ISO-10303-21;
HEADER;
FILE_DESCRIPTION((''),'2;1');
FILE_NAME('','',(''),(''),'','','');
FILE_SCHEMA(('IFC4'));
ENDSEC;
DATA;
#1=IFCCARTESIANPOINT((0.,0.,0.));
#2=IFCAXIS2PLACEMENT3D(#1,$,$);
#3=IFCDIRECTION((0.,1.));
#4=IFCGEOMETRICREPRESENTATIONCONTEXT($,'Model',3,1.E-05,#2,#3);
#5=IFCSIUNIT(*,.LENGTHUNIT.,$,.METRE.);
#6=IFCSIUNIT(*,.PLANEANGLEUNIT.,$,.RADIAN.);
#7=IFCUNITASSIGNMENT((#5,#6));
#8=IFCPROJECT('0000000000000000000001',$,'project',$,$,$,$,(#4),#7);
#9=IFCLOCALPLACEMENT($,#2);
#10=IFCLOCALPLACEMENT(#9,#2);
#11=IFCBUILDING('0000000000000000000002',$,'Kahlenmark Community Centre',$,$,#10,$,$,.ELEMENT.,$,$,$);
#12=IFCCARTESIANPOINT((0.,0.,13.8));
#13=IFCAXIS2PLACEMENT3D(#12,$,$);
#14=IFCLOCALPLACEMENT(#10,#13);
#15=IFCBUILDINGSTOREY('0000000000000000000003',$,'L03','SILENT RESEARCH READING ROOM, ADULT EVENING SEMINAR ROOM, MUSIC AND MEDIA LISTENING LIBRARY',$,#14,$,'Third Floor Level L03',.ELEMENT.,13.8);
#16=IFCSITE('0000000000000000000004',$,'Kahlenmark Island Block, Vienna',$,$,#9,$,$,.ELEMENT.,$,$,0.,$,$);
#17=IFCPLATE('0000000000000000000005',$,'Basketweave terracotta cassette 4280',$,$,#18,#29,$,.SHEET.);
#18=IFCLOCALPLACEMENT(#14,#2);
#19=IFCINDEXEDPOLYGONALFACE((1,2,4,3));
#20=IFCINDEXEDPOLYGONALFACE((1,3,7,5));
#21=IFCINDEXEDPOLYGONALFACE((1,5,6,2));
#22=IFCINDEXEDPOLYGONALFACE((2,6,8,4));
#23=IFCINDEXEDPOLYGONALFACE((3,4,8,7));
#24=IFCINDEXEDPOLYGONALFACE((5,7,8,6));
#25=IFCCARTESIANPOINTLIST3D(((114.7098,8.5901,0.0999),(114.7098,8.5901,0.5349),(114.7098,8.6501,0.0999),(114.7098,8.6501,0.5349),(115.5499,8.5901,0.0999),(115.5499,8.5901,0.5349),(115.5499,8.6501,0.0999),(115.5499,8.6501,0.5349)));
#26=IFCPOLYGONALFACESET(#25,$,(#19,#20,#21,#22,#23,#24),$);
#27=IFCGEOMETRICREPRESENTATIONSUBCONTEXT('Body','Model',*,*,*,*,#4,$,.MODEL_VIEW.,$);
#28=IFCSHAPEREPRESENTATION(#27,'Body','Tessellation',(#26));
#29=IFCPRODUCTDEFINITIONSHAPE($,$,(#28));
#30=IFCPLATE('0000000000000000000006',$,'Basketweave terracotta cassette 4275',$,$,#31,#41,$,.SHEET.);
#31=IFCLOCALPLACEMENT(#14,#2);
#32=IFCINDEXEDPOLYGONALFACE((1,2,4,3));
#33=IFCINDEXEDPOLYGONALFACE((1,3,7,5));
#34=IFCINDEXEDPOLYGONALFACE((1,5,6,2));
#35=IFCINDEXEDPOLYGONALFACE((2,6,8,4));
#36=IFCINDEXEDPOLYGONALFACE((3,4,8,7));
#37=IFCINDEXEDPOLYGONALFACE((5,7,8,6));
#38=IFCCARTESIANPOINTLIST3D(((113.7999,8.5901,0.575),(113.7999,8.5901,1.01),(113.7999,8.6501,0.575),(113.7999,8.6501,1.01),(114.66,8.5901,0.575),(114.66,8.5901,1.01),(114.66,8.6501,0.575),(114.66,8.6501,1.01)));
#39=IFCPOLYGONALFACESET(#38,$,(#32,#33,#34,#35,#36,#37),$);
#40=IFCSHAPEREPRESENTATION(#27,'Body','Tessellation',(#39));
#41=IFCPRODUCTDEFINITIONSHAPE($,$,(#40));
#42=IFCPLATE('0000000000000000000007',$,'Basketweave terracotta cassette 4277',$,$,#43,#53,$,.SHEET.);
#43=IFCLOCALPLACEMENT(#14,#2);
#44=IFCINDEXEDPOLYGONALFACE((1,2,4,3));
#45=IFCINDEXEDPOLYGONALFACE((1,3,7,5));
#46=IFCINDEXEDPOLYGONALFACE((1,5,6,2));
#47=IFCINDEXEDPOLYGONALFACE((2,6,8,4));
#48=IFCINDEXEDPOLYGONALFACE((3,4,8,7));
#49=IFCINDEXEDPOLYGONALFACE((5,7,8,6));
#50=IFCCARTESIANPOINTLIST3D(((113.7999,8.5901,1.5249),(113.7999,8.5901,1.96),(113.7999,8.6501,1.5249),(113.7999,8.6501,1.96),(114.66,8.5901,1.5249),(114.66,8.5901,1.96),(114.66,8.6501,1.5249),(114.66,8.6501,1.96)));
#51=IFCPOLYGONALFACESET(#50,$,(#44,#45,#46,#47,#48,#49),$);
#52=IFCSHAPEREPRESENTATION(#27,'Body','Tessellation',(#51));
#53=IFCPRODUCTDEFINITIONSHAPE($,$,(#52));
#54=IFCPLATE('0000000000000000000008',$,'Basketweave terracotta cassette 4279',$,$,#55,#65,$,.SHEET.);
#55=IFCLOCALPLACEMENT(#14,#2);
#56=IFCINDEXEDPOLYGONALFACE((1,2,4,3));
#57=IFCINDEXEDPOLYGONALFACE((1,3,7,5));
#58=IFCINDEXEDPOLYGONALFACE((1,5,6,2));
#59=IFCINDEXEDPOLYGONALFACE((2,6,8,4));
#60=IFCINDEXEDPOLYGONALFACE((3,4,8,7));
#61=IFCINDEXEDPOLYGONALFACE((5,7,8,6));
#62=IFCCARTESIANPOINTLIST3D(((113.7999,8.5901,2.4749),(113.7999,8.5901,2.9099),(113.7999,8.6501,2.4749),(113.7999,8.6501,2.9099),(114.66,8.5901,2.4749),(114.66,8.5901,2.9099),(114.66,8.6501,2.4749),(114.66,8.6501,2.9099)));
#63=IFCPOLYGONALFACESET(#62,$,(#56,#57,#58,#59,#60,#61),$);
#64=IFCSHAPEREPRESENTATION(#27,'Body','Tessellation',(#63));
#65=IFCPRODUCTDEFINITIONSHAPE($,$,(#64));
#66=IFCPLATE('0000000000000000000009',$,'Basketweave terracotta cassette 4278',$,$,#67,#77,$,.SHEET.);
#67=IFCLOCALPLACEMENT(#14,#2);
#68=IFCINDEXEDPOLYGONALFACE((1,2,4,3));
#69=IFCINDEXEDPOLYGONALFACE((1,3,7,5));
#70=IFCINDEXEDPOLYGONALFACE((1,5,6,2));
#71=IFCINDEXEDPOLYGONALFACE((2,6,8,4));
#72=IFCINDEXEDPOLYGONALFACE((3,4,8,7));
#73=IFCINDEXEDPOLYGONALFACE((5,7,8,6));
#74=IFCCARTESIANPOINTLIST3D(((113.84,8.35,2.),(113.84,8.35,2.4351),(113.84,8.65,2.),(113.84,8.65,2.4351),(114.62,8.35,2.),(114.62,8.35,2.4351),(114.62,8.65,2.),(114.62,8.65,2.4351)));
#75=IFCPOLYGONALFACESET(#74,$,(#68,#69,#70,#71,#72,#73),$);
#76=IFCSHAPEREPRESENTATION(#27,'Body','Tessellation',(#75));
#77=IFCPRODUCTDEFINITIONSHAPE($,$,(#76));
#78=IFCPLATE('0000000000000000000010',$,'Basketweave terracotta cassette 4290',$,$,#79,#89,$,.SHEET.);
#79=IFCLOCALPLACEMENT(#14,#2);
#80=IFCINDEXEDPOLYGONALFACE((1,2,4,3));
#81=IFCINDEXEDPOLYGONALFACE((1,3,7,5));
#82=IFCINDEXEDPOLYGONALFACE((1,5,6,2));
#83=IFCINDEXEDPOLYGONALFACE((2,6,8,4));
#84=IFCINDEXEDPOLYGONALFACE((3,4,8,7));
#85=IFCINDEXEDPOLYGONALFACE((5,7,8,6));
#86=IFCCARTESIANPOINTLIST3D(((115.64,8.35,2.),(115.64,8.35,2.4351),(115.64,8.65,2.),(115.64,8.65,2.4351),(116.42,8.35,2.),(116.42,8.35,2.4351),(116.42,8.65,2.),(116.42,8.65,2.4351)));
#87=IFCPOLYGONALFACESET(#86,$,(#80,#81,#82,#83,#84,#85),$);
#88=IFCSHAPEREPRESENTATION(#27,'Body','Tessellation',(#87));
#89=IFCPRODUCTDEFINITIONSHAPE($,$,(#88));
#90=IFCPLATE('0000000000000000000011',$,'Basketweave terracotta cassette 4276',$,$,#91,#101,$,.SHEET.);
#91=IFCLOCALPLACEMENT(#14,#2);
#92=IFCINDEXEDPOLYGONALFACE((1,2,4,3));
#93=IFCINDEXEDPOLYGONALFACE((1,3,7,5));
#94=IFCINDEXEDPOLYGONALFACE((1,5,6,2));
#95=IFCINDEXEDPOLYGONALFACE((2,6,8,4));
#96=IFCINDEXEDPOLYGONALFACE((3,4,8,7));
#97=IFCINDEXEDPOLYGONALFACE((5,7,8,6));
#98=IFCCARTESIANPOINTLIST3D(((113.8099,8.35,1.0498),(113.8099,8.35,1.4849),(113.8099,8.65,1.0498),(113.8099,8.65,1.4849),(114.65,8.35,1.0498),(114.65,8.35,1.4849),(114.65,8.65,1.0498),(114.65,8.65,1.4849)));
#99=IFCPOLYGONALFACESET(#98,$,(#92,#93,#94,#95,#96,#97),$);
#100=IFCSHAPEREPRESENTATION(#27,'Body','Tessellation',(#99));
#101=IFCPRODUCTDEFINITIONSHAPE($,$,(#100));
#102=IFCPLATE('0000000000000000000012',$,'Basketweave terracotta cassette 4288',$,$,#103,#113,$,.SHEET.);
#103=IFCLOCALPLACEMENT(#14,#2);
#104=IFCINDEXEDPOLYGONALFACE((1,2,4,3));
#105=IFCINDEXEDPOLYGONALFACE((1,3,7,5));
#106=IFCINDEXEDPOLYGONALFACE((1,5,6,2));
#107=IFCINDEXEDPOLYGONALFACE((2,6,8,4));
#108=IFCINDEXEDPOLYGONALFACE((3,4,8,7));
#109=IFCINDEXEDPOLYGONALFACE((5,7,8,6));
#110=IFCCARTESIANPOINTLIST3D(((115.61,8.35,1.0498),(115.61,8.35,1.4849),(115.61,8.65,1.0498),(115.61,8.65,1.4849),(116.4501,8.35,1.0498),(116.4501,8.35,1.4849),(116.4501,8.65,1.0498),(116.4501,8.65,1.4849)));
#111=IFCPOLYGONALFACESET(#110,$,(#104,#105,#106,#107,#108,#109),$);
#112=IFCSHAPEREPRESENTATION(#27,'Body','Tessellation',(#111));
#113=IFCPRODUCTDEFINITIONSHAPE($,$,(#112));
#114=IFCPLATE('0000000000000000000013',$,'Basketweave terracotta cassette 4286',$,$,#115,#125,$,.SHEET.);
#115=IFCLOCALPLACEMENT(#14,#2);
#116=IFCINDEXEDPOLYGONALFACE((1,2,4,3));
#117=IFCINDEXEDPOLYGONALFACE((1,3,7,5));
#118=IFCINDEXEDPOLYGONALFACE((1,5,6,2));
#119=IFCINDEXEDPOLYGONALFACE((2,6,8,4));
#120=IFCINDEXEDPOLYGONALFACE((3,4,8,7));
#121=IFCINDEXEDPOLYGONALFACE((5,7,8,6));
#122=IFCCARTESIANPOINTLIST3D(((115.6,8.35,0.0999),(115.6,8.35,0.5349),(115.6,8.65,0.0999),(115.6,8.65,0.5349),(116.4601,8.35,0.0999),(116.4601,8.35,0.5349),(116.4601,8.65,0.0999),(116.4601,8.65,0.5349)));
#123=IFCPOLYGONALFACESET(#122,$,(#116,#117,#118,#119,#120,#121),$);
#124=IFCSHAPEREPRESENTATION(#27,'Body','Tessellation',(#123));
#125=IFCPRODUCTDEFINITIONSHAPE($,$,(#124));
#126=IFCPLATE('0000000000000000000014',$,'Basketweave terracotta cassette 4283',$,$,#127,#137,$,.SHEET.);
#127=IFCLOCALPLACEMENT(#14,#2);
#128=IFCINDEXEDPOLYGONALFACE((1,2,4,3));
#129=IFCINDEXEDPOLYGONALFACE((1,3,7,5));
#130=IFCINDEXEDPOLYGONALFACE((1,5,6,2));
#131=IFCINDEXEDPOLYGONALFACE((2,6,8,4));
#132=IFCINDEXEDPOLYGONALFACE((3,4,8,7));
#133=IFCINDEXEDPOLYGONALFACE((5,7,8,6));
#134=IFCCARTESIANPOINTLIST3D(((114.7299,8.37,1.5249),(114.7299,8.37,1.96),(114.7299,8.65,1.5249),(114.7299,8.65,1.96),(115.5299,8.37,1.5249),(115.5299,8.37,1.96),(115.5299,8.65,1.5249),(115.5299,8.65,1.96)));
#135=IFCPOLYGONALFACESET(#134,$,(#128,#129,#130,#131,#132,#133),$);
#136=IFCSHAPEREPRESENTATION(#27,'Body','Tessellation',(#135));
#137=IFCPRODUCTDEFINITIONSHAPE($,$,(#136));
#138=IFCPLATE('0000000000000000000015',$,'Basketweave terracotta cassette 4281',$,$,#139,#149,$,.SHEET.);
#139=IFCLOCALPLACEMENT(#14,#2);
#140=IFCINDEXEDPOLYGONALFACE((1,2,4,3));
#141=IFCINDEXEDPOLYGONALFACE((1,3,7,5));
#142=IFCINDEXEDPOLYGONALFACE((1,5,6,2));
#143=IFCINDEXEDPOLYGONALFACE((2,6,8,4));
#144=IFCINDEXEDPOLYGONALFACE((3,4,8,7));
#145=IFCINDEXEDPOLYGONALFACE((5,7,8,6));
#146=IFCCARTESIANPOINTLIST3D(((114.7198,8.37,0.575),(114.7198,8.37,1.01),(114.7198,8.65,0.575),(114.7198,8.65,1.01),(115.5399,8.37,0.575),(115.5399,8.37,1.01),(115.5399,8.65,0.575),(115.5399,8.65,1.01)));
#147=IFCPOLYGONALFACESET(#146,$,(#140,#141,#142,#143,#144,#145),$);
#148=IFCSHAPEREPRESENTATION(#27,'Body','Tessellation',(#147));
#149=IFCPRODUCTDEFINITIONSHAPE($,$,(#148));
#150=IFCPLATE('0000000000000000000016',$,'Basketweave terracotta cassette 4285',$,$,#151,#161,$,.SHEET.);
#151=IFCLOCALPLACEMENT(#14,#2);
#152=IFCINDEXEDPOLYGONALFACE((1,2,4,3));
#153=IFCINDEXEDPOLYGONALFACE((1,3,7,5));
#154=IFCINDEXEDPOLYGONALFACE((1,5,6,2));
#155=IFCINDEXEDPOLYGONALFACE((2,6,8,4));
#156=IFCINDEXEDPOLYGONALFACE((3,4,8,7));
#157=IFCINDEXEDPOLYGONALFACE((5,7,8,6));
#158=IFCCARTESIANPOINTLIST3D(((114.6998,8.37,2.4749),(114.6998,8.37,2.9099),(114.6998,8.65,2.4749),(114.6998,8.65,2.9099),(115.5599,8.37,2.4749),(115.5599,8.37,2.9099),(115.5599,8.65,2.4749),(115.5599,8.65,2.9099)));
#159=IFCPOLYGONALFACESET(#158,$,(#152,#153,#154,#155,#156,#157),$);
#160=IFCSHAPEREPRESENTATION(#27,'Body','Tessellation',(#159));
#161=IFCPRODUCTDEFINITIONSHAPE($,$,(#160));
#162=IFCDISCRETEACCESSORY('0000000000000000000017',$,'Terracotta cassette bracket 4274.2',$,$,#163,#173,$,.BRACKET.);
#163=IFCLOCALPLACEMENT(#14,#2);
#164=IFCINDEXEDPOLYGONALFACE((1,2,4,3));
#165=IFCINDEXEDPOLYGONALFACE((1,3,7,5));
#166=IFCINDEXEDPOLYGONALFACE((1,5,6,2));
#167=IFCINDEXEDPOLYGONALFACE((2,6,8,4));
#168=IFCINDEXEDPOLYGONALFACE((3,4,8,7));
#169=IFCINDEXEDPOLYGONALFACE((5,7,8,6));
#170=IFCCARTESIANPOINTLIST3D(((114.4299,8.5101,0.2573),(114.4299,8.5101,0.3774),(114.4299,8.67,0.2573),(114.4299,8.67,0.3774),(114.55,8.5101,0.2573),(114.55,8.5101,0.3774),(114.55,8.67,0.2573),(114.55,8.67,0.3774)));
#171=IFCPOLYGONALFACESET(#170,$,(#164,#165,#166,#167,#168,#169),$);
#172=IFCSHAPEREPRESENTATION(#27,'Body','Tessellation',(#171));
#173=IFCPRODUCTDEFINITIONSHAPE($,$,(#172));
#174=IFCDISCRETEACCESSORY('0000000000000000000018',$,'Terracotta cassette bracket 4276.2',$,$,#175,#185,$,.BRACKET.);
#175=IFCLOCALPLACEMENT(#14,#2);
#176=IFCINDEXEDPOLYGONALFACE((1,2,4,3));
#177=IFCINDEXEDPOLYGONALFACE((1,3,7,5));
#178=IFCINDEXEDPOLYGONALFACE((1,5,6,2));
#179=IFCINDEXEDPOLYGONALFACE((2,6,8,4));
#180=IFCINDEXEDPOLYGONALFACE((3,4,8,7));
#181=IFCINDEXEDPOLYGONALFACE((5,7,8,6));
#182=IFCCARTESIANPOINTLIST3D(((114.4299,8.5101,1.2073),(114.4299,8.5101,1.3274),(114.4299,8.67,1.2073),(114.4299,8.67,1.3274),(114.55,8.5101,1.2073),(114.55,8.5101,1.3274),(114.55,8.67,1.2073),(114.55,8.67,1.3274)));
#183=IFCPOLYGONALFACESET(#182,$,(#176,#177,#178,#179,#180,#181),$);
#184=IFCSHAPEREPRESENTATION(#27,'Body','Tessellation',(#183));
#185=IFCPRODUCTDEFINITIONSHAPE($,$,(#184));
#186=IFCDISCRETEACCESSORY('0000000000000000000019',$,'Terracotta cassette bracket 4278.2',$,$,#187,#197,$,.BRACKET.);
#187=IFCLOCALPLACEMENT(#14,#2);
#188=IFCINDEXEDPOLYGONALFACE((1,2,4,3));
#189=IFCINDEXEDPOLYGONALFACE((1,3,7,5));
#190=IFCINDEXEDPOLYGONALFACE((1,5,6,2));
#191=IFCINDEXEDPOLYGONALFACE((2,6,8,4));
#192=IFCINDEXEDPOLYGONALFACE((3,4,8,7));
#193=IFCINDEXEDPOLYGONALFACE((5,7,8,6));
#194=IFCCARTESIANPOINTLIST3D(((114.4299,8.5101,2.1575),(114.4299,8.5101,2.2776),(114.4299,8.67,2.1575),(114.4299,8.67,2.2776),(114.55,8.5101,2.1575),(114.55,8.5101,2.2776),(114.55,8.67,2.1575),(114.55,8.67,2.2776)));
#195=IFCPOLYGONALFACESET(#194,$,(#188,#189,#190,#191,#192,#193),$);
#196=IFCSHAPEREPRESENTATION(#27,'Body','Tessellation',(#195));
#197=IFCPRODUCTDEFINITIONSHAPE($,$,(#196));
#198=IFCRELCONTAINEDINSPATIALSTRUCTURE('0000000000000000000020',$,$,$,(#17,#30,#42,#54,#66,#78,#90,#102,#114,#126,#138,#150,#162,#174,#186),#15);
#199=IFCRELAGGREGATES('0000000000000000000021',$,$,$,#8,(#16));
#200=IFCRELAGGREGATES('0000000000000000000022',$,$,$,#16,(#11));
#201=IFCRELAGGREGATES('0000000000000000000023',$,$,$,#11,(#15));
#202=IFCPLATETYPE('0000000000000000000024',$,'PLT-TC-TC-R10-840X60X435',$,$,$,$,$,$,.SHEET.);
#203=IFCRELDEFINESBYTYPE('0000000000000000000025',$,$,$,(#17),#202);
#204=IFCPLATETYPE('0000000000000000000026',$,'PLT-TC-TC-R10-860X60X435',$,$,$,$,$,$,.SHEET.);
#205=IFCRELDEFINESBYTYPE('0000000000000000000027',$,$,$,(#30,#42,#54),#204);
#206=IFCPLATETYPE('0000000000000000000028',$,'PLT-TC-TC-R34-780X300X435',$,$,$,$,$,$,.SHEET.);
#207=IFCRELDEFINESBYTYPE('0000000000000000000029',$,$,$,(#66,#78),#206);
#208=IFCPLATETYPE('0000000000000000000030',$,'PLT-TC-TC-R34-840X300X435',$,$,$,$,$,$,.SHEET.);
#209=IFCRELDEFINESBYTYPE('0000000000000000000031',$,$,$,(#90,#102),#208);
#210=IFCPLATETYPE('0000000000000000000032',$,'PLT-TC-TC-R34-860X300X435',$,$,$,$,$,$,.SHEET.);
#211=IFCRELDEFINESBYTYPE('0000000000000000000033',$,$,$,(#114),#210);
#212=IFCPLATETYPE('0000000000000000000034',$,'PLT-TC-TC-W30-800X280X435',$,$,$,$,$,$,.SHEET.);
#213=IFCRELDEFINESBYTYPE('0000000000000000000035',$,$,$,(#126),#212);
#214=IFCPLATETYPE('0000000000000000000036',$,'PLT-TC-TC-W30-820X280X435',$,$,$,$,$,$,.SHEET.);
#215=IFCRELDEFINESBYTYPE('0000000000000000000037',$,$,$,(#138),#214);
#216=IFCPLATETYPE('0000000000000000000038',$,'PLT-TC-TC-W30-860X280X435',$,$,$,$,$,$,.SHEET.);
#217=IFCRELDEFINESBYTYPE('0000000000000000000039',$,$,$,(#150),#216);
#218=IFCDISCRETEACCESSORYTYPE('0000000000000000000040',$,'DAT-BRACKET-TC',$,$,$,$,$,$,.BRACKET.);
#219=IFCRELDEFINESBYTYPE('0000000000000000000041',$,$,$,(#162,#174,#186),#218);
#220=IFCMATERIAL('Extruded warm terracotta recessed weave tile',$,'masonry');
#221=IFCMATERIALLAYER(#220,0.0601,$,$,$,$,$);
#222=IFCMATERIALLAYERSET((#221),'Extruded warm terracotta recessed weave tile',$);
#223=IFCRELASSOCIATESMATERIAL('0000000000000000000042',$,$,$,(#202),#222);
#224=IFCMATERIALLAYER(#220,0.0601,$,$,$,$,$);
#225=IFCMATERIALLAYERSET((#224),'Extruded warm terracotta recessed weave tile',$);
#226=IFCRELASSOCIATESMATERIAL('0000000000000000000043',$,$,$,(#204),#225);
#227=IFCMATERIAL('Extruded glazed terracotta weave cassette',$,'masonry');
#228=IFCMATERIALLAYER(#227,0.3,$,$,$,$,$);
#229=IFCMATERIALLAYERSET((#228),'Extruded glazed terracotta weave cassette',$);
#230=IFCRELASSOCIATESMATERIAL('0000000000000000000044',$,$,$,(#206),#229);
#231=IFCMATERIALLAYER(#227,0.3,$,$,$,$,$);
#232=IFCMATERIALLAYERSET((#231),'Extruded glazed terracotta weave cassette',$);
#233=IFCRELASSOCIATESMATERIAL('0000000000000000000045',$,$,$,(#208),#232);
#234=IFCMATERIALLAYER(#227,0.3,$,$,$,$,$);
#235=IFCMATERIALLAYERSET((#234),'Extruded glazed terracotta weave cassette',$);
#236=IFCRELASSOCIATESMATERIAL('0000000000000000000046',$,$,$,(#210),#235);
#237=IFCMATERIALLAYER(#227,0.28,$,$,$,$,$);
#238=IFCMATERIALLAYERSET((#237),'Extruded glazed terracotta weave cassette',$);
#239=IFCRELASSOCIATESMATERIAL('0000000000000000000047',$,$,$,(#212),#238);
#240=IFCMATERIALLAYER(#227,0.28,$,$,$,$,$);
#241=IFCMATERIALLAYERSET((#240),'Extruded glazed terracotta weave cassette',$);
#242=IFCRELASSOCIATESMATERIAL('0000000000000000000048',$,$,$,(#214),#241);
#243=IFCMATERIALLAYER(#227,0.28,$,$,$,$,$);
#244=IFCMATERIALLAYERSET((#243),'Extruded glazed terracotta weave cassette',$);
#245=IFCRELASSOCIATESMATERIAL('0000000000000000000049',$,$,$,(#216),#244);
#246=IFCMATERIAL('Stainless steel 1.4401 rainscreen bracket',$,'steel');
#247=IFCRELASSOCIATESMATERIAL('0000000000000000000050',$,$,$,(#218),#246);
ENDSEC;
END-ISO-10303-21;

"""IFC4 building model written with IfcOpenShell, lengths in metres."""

from ifc_helpers import new_model, si_unit, direction, frame, origin, origin_2d, place, context, subcontext, project, spatial, rectangle, extrude, material, layer, layer_set, type_object, element, save


model = new_model("IFC4")

# Units and contexts
model_context = context("Model", 3, precision=1e-05, world=origin(), true_north=direction((0.0, 1.0)))
body_context = subcontext(model_context, "Body", "Model", "MODEL_VIEW")
ifc_project = project(units=[si_unit("LENGTHUNIT", "METRE"), si_unit("PLANEANGLEUNIT", "RADIAN")], contexts=[model_context])

# Site, building, storey
site_placement = place(None, origin())
site = spatial("IfcSite", under=ifc_project, at=site_placement, Name="Kahlenmark Island Block, Vienna", CompositionType="ELEMENT", RefElevation=0.0)
building_placement = place(site_placement, origin())
building = spatial("IfcBuilding", under=site, at=building_placement, Name="Kahlenmark Community Centre", CompositionType="ELEMENT")
storey_placement = place(building_placement, frame((0.0, 0.0, 13.8)))
storey = spatial("IfcBuildingStorey", under=building, at=storey_placement, Name="L03", Description="SILENT RESEARCH READING ROOM, ADULT EVENING SEMINAR ROOM, MUSIC AND MEDIA LISTENING LIBRARY", LongName="Third Floor Level L03", CompositionType="ELEMENT", Elevation=13.8)

# Plates
ifc_material_1 = material(Name="Extruded warm terracotta recessed weave tile", Category="masonry")
ifc_layer_1 = layer(ifc_material_1, 0.0601)
ifc_layer_set_1 = layer_set([ifc_layer_1], Name="Extruded warm terracotta recessed weave tile")
plate_type_1 = type_object("IfcPlateType", Name="PLT-TC-TC-R10-840X60X435", PredefinedType="SHEET", material=ifc_layer_set_1)
plate_1_placement = place(storey_placement, frame((115.1299, 8.6201, 0.0999), z_axis=(0.0, 0.0, 1.0), x_axis=(1.0, 0.0, 0.0)))
element("IfcPlate", 1, at=plate_1_placement, inside=storey, type_object=plate_type_1, Name="Basketweave terracotta cassette 4280", PredefinedType="SHEET", context=body_context, shape_type="SweptSolid", body=[
    extrude(rectangle(XDim=0.8401, YDim=0.0601, at=origin_2d()), origin(), (0.0, 0.0, 1.0), 0.4351),
])
ifc_layer_2 = layer(ifc_material_1, 0.0601)
ifc_layer_set_2 = layer_set([ifc_layer_2], Name="Extruded warm terracotta recessed weave tile")
plate_type_2 = type_object("IfcPlateType", Name="PLT-TC-TC-R10-860X60X435", PredefinedType="SHEET", material=ifc_layer_set_2)
for number, where, z_axis, x_axis, name in (
    (2, (114.23, 8.6201, 0.575), (0.0, 0.0, 1.0), (1.0, 0.0, 0.0), "Basketweave terracotta cassette 4275"),
    (3, (114.23, 8.6201, 1.5249), (0.0, 0.0, 1.0), (1.0, 0.0, 0.0), "Basketweave terracotta cassette 4277"),
    (4, (114.23, 8.6201, 2.4749), (0.0, 0.0, 1.0), (1.0, 0.0, 0.0), "Basketweave terracotta cassette 4279"),
):
    element("IfcPlate", number, at=place(storey_placement, frame(where, z_axis=z_axis, x_axis=x_axis)), inside=storey, type_object=plate_type_2, Name=name, PredefinedType="SHEET", context=body_context, shape_type="SweptSolid", body=[
        extrude(rectangle(XDim=0.8601, YDim=0.0601, at=origin_2d()), origin(), (0.0, 0.0, 1.0), 0.4351),
    ])
ifc_material_2 = material(Name="Extruded glazed terracotta weave cassette", Category="masonry")
ifc_layer_3 = layer(ifc_material_2, 0.3)
ifc_layer_set_3 = layer_set([ifc_layer_3], Name="Extruded glazed terracotta weave cassette")
plate_type_3 = type_object("IfcPlateType", Name="PLT-TC-TC-R34-780X300X435", PredefinedType="SHEET", material=ifc_layer_set_3)
for number, where, z_axis, x_axis, name in (
    (5, (114.23, 8.5, 2.0), (0.0, 0.0, 1.0), (1.0, 0.0, 0.0), "Basketweave terracotta cassette 4278"),
    (6, (116.03, 8.5, 2.0), (0.0, 0.0, 1.0), (1.0, 0.0, 0.0), "Basketweave terracotta cassette 4290"),
):
    element("IfcPlate", number, at=place(storey_placement, frame(where, z_axis=z_axis, x_axis=x_axis)), inside=storey, type_object=plate_type_3, Name=name, PredefinedType="SHEET", context=body_context, shape_type="SweptSolid", body=[
        extrude(rectangle(XDim=0.78, YDim=0.3, at=origin_2d()), origin(), (0.0, 0.0, 1.0), 0.4351),
    ])
ifc_layer_4 = layer(ifc_material_2, 0.3)
ifc_layer_set_4 = layer_set([ifc_layer_4], Name="Extruded glazed terracotta weave cassette")
plate_type_4 = type_object("IfcPlateType", Name="PLT-TC-TC-R34-840X300X435", PredefinedType="SHEET", material=ifc_layer_set_4)
for number, where, z_axis, x_axis, name in (
    (7, (114.23, 8.5, 1.0498), (0.0, 0.0, 1.0), (1.0, 0.0, 0.0), "Basketweave terracotta cassette 4276"),
    (8, (116.03, 8.5, 1.0498), (0.0, 0.0, 1.0), (1.0, 0.0, 0.0), "Basketweave terracotta cassette 4288"),
):
    element("IfcPlate", number, at=place(storey_placement, frame(where, z_axis=z_axis, x_axis=x_axis)), inside=storey, type_object=plate_type_4, Name=name, PredefinedType="SHEET", context=body_context, shape_type="SweptSolid", body=[
        extrude(rectangle(XDim=0.8401, YDim=0.3, at=origin_2d()), origin(), (0.0, 0.0, 1.0), 0.4351),
    ])
ifc_layer_5 = layer(ifc_material_2, 0.3)
ifc_layer_set_5 = layer_set([ifc_layer_5], Name="Extruded glazed terracotta weave cassette")
plate_type_5 = type_object("IfcPlateType", Name="PLT-TC-TC-R34-860X300X435", PredefinedType="SHEET", material=ifc_layer_set_5)
plate_2_placement = place(storey_placement, frame((116.03, 8.5, 0.0999), z_axis=(0.0, 0.0, 1.0), x_axis=(1.0, 0.0, 0.0)))
element("IfcPlate", 9, at=plate_2_placement, inside=storey, type_object=plate_type_5, Name="Basketweave terracotta cassette 4286", PredefinedType="SHEET", context=body_context, shape_type="SweptSolid", body=[
    extrude(rectangle(XDim=0.8601, YDim=0.3, at=origin_2d()), origin(), (0.0, 0.0, 1.0), 0.4351),
])
ifc_layer_6 = layer(ifc_material_2, 0.28)
ifc_layer_set_6 = layer_set([ifc_layer_6], Name="Extruded glazed terracotta weave cassette")
plate_type_6 = type_object("IfcPlateType", Name="PLT-TC-TC-W30-800X280X435", PredefinedType="SHEET", material=ifc_layer_set_6)
plate_3_placement = place(storey_placement, frame((115.1299, 8.51, 1.5249), z_axis=(0.0, 0.0, 1.0), x_axis=(1.0, 0.0, 0.0)))
element("IfcPlate", 10, at=plate_3_placement, inside=storey, type_object=plate_type_6, Name="Basketweave terracotta cassette 4283", PredefinedType="SHEET", context=body_context, shape_type="SweptSolid", body=[
    extrude(rectangle(XDim=0.8, YDim=0.28, at=origin_2d()), origin(), (0.0, 0.0, 1.0), 0.4351),
])
ifc_layer_7 = layer(ifc_material_2, 0.28)
ifc_layer_set_7 = layer_set([ifc_layer_7], Name="Extruded glazed terracotta weave cassette")
plate_type_7 = type_object("IfcPlateType", Name="PLT-TC-TC-W30-820X280X435", PredefinedType="SHEET", material=ifc_layer_set_7)
plate_4_placement = place(storey_placement, frame((115.1299, 8.51, 0.575), z_axis=(0.0, 0.0, 1.0), x_axis=(1.0, 0.0, 0.0)))
element("IfcPlate", 11, at=plate_4_placement, inside=storey, type_object=plate_type_7, Name="Basketweave terracotta cassette 4281", PredefinedType="SHEET", context=body_context, shape_type="SweptSolid", body=[
    extrude(rectangle(XDim=0.8201, YDim=0.28, at=origin_2d()), origin(), (0.0, 0.0, 1.0), 0.4351),
])
ifc_layer_8 = layer(ifc_material_2, 0.28)
ifc_layer_set_8 = layer_set([ifc_layer_8], Name="Extruded glazed terracotta weave cassette")
plate_type_8 = type_object("IfcPlateType", Name="PLT-TC-TC-W30-860X280X435", PredefinedType="SHEET", material=ifc_layer_set_8)
plate_5_placement = place(storey_placement, frame((115.1299, 8.51, 2.4749), z_axis=(0.0, 0.0, 1.0), x_axis=(1.0, 0.0, 0.0)))
element("IfcPlate", 12, at=plate_5_placement, inside=storey, type_object=plate_type_8, Name="Basketweave terracotta cassette 4285", PredefinedType="SHEET", context=body_context, shape_type="SweptSolid", body=[
    extrude(rectangle(XDim=0.8601, YDim=0.28, at=origin_2d()), origin(), (0.0, 0.0, 1.0), 0.4351),
])

# Discrete accessories
ifc_material_3 = material(Name="Stainless steel 1.4401 rainscreen bracket", Category="steel")
discrete_accessory_type = type_object("IfcDiscreteAccessoryType", Name="DAT-BRACKET-TC", PredefinedType="BRACKET", material=ifc_material_3)
for number, where, z_axis, x_axis, name in (
    (13, (114.49, 8.5901, 0.2573), (0.0, 0.0, 1.0), (1.0, 0.0, 0.0), "Terracotta cassette bracket 4274.2"),
    (14, (114.49, 8.5901, 1.2073), (0.0, 0.0, 1.0), (1.0, 0.0, 0.0), "Terracotta cassette bracket 4276.2"),
    (15, (114.49, 8.5901, 2.1575), (0.0, 0.0, 1.0), (1.0, 0.0, 0.0), "Terracotta cassette bracket 4278.2"),
):
    element("IfcDiscreteAccessory", number, at=place(storey_placement, frame(where, z_axis=z_axis, x_axis=x_axis)), inside=storey, type_object=discrete_accessory_type, Name=name, PredefinedType="BRACKET", context=body_context, shape_type="SweptSolid", body=[
        extrude(rectangle(XDim=0.1201, YDim=0.1599, at=origin_2d()), origin(), (0.0, 0.0, 1.0), 0.1201),
    ])

save(model, "model.ifc")
